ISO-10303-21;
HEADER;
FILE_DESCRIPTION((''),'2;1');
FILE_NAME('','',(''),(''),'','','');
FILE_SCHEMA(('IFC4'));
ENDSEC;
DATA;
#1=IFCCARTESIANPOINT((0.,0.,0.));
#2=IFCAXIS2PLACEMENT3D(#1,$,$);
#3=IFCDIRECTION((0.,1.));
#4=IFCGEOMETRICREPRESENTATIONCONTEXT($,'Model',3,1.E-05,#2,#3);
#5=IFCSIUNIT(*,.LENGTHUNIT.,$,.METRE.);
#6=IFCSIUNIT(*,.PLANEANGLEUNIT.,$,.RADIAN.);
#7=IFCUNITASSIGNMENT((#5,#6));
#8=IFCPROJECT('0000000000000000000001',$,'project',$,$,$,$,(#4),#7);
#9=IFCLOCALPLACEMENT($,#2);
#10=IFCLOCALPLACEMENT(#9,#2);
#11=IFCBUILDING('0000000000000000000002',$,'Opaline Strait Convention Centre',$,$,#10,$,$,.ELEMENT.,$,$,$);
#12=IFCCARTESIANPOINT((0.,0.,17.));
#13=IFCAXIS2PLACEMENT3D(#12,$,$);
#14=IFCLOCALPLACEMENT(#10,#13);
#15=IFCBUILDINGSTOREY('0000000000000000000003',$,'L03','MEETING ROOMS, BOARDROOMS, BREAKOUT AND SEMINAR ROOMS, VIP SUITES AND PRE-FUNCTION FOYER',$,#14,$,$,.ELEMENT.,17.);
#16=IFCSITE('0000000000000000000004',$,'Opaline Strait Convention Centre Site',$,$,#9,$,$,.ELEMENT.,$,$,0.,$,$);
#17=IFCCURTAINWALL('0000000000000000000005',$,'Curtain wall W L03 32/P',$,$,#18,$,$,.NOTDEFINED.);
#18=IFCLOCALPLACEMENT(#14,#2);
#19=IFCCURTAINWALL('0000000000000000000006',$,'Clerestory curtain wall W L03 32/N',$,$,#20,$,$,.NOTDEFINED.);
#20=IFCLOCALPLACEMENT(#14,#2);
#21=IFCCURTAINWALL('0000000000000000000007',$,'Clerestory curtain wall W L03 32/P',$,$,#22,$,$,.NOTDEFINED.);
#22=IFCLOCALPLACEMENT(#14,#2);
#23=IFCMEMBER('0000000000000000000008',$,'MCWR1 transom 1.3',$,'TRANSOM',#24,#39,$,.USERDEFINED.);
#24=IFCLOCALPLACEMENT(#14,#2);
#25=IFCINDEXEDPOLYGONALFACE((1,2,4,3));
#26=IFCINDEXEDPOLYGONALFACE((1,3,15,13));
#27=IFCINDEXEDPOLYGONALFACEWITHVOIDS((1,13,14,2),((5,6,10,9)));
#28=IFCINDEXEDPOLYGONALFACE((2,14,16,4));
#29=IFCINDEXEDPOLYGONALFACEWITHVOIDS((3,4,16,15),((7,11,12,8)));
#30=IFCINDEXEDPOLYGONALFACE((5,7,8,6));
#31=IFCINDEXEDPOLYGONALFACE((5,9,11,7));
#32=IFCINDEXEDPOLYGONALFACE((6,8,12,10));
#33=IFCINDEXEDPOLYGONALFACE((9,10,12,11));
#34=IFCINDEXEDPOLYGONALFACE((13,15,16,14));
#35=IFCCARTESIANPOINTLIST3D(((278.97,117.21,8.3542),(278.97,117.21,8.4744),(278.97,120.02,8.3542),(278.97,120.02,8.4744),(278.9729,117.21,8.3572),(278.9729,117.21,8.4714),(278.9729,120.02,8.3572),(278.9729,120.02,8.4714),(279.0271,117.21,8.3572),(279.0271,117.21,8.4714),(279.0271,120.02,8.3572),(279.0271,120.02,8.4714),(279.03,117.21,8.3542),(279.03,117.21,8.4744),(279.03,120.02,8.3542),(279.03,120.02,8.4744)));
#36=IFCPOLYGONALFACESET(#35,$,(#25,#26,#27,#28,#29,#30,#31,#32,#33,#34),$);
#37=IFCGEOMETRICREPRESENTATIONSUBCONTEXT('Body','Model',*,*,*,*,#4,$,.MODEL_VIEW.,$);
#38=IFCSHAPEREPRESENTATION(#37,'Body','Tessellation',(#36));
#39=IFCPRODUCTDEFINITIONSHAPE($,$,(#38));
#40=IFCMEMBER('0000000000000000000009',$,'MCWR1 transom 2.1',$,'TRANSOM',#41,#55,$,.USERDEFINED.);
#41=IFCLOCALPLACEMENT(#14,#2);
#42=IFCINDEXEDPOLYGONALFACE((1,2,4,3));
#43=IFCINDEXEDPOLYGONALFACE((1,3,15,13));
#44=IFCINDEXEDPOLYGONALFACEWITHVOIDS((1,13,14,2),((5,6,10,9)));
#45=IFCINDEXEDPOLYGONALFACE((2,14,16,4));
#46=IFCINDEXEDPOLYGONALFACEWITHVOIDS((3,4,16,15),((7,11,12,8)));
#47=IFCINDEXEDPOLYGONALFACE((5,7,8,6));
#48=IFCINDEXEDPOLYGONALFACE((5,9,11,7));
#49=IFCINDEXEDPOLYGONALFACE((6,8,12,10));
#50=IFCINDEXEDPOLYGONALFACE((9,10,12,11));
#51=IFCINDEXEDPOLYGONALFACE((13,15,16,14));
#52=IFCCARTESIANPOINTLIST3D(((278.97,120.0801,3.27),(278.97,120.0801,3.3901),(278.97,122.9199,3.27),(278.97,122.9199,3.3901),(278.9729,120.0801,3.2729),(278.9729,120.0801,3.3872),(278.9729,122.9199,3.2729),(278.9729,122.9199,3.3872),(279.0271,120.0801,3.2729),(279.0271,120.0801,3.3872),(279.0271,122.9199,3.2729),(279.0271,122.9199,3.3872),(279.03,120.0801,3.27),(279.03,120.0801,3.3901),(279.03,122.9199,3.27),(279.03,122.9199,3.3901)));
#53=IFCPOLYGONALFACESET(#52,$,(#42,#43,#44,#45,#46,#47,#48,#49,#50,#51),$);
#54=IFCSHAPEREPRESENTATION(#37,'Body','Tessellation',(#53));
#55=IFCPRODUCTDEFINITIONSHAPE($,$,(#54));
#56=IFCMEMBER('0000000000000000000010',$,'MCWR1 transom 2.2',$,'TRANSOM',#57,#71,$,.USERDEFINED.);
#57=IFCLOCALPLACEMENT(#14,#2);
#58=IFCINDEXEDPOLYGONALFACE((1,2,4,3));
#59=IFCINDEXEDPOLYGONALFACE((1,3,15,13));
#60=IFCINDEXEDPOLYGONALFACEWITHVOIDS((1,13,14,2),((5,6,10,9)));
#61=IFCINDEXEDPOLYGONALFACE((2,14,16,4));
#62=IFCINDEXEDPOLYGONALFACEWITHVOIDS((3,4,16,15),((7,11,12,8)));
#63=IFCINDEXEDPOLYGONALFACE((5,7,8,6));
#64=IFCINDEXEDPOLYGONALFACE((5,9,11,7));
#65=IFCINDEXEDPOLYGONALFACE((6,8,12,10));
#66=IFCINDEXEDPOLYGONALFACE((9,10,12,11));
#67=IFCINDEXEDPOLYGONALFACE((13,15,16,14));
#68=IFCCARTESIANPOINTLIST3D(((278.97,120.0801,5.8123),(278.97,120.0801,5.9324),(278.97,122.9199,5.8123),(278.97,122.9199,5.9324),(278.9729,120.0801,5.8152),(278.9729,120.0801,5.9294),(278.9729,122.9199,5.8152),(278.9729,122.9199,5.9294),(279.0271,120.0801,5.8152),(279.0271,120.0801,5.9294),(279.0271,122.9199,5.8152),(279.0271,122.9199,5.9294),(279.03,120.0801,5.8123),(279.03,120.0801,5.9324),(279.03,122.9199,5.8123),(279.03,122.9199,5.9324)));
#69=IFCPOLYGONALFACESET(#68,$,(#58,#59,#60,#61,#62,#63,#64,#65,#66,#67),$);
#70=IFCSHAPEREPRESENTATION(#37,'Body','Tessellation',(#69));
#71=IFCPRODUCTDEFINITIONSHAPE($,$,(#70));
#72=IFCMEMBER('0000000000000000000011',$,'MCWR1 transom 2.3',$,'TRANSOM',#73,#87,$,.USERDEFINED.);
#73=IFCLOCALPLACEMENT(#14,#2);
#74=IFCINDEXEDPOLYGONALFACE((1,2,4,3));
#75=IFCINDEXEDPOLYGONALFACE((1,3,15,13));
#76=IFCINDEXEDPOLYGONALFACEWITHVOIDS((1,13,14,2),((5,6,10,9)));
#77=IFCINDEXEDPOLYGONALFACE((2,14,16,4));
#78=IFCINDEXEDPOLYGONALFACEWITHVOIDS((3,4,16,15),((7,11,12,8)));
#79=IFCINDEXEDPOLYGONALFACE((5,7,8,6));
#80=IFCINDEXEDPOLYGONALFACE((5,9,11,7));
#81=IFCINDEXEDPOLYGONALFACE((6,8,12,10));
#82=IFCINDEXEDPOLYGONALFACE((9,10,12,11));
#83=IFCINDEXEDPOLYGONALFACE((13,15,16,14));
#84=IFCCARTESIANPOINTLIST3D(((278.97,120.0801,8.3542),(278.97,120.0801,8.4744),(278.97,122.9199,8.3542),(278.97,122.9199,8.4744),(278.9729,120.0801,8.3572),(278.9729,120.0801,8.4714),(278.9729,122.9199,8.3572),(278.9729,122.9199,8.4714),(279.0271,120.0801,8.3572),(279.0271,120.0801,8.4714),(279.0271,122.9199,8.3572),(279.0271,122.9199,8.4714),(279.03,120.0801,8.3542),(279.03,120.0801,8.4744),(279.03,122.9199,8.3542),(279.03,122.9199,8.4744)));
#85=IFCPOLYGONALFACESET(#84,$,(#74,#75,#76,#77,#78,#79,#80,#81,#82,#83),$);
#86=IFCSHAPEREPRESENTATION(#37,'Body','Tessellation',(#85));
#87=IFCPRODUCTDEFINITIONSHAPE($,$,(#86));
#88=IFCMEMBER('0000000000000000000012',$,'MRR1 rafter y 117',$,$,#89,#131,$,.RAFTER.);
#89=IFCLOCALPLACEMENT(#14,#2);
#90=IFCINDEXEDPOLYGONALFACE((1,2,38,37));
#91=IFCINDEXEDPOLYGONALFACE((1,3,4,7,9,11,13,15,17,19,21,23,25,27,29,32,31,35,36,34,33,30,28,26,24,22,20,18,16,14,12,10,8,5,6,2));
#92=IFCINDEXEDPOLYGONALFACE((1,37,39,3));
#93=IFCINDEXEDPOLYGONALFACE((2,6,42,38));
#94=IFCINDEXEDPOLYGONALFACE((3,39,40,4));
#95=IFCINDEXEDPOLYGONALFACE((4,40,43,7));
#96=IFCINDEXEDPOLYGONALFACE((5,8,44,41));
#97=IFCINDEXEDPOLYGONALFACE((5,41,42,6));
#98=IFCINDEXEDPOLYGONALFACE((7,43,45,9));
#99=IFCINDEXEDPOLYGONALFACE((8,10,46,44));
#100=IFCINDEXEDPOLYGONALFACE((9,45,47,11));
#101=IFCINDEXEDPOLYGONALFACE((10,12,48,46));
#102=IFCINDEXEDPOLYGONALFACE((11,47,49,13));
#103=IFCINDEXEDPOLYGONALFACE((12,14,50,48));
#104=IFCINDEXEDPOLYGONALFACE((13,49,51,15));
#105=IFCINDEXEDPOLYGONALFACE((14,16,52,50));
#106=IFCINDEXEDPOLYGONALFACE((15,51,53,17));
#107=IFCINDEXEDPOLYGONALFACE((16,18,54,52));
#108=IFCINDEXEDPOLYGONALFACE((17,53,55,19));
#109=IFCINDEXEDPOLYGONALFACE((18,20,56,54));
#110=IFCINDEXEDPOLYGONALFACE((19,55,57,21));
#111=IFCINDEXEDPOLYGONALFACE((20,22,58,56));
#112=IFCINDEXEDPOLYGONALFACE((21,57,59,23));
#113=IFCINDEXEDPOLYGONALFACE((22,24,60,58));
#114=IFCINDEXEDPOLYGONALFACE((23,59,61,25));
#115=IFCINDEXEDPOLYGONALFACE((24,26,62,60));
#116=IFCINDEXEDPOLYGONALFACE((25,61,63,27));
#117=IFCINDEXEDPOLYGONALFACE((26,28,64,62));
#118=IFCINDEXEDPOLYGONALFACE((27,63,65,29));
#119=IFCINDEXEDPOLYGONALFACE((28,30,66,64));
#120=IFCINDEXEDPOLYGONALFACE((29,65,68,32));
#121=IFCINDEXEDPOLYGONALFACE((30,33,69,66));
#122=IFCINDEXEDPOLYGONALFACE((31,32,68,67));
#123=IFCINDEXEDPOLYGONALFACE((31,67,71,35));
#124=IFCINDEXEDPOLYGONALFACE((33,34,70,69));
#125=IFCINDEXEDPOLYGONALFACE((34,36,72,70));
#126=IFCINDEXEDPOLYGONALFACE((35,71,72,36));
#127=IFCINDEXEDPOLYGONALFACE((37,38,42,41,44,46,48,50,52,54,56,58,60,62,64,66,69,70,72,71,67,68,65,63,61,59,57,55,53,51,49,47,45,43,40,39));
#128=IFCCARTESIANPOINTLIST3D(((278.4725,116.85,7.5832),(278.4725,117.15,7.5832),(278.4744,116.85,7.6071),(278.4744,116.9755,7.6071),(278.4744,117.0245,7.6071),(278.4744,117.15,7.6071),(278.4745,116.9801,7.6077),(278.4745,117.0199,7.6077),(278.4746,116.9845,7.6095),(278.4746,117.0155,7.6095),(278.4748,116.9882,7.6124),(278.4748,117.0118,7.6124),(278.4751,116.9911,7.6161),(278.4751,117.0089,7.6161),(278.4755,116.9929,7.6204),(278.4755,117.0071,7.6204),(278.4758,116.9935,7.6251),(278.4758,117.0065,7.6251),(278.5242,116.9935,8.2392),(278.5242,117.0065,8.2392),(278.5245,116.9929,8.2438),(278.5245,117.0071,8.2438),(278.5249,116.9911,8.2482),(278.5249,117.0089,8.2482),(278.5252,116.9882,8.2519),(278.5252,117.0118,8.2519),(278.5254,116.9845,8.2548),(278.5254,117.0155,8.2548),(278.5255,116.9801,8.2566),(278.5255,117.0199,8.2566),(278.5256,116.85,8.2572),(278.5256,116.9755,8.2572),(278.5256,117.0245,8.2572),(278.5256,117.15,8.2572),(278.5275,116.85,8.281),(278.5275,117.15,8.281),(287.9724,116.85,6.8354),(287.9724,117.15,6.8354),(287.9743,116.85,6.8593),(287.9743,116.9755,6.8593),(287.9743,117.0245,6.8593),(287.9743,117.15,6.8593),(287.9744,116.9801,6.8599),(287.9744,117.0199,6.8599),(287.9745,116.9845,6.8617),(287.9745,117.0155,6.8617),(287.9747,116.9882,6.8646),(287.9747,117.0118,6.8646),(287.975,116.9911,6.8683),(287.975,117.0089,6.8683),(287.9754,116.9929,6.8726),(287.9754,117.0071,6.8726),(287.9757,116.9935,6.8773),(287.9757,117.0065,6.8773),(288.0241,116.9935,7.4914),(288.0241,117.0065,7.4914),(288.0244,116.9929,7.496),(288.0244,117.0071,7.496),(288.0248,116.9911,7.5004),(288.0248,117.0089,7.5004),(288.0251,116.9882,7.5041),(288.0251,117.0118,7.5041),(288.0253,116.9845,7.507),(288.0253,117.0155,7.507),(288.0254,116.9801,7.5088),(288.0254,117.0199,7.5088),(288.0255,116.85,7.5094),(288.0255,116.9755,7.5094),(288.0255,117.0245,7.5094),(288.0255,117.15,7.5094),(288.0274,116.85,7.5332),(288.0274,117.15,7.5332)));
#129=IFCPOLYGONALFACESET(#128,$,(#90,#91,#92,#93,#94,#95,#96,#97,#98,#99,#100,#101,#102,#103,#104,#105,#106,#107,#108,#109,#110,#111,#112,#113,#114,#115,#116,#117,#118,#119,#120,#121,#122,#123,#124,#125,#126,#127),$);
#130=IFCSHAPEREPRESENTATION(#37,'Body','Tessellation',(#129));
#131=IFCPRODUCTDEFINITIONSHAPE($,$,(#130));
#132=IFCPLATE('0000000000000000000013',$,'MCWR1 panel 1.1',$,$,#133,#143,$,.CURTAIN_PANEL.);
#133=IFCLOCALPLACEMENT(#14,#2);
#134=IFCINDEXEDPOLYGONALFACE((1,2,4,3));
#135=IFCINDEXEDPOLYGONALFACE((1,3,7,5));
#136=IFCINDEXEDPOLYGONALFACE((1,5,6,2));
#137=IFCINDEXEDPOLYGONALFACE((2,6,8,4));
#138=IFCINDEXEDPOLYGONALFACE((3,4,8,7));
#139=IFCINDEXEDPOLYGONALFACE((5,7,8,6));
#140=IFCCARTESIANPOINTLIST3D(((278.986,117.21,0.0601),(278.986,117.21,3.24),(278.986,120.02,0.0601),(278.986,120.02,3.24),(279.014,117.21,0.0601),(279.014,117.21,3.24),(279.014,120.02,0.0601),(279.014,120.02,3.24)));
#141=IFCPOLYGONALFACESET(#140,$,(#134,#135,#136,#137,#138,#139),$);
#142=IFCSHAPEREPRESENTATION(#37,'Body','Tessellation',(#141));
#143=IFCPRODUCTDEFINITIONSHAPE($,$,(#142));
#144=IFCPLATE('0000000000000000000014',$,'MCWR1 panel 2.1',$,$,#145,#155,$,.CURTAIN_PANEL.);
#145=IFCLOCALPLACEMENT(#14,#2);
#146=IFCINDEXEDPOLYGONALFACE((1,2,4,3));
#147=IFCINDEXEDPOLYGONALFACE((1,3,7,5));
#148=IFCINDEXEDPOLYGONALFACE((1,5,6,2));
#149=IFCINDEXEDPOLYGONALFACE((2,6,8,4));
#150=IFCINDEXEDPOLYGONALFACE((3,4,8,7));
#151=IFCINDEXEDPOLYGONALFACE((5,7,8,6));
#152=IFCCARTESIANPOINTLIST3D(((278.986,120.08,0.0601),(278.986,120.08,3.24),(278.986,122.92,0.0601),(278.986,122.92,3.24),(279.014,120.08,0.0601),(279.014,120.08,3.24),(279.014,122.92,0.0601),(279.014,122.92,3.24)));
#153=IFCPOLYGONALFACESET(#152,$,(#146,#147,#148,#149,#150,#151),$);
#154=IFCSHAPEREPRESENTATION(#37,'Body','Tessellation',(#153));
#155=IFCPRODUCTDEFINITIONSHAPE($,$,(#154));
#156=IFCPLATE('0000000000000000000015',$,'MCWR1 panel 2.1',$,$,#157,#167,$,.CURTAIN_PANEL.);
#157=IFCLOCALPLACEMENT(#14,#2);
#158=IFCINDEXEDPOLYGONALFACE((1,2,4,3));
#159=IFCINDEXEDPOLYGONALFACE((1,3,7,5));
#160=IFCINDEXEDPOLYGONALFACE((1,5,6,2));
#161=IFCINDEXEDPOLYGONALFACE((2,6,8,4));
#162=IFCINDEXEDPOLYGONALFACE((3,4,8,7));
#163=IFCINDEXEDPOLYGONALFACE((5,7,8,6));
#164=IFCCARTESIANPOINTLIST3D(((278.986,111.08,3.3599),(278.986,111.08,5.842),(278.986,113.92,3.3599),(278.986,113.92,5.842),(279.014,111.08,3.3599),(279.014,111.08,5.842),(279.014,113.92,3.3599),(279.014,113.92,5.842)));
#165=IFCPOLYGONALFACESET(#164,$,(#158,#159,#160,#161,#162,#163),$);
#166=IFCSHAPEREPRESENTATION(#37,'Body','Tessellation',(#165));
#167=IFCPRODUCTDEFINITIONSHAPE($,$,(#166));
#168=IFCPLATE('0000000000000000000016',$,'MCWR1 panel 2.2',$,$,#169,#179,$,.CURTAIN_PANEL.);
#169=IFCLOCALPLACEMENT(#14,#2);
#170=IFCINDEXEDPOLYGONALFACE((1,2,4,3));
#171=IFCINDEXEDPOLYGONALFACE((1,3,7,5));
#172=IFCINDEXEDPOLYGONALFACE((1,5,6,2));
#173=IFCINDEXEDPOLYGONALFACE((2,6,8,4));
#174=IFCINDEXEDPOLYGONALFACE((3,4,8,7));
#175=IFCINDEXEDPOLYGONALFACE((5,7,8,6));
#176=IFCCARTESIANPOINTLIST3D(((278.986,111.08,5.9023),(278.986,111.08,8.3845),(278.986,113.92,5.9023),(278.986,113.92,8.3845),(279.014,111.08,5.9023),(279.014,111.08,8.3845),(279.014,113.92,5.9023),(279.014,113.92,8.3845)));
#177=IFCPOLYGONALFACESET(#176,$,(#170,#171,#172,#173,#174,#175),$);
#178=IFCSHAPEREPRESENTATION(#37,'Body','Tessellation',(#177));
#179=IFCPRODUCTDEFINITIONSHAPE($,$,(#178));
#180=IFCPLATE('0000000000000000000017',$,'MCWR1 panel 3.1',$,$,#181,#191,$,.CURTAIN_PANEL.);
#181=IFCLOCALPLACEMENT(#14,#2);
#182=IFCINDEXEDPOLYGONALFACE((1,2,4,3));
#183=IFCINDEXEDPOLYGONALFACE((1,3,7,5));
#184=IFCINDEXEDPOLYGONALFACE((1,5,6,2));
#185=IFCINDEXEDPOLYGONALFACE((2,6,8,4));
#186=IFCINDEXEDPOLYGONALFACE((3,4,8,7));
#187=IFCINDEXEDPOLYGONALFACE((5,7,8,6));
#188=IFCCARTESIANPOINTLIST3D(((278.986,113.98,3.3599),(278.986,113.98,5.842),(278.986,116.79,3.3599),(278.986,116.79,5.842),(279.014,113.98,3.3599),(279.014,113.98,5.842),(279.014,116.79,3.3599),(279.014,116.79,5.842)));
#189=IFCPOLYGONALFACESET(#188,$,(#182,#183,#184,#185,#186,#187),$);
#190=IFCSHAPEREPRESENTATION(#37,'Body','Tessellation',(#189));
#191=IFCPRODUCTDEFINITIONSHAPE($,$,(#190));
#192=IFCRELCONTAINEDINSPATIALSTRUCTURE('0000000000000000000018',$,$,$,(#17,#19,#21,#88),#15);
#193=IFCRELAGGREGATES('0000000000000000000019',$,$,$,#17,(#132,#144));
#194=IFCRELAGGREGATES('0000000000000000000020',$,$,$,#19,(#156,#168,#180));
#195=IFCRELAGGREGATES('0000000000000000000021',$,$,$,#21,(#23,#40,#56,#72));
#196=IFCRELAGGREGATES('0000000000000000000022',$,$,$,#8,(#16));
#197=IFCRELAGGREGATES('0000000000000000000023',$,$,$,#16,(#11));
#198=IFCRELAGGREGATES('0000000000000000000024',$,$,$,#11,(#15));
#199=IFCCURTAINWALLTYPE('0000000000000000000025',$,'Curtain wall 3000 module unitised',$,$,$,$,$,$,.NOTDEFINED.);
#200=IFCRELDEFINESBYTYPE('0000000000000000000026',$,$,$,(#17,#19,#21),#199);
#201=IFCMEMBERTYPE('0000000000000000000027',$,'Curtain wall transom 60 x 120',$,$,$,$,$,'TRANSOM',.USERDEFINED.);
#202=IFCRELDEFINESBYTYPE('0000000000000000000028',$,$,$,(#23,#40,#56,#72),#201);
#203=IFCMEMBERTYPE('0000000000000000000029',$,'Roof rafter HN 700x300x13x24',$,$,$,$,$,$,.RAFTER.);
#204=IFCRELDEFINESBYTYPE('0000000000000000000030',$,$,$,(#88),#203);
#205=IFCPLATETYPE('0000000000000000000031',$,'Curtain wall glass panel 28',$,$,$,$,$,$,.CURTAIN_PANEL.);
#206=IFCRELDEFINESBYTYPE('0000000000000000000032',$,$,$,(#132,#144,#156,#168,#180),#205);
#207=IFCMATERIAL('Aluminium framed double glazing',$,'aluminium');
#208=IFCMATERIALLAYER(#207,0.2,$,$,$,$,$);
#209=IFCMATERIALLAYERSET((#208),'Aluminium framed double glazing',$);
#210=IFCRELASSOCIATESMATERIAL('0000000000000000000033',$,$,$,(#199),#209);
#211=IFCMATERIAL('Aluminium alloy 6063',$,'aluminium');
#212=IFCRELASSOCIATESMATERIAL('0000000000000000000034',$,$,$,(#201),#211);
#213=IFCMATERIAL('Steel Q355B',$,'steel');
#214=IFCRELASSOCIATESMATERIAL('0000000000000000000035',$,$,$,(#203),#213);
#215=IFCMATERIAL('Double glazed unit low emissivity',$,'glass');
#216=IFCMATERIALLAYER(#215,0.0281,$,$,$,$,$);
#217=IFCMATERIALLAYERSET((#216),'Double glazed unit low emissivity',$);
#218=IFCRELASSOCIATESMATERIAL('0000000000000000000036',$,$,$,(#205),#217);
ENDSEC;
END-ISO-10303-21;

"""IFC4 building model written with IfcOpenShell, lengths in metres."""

from ifc_helpers import new_model, si_unit, direction, frame, origin, origin_2d, place, context, subcontext, project, spatial, rectangle, hollow_rectangle, i_section, extrude, material, layer, layer_set, material_profile, profile_set, type_object, element, aggregate, save


model = new_model("IFC4")

# Units and contexts
model_context = context("Model", 3, precision=1e-05, world=origin(), true_north=direction((0.0, 1.0)))
body_context = subcontext(model_context, "Body", "Model", "MODEL_VIEW")
ifc_project = project(units=[si_unit("LENGTHUNIT", "METRE"), si_unit("PLANEANGLEUNIT", "RADIAN")], contexts=[model_context])

# Site, building, storey
site_placement = place(None, origin())
site = spatial("IfcSite", under=ifc_project, at=site_placement, Name="Opaline Strait Convention Centre Site", CompositionType="ELEMENT", RefElevation=0.0)
building_placement = place(site_placement, origin())
building = spatial("IfcBuilding", under=site, at=building_placement, Name="Opaline Strait Convention Centre", CompositionType="ELEMENT")
storey_placement = place(building_placement, frame((0.0, 0.0, 17.0)))
storey = spatial("IfcBuildingStorey", under=building, at=storey_placement, Name="L03", Description="MEETING ROOMS, BOARDROOMS, BREAKOUT AND SEMINAR ROOMS, VIP SUITES AND PRE-FUNCTION FOYER", CompositionType="ELEMENT", Elevation=17.0)

# Shared definitions
ifc_material_1 = material(Name="Steel Q355B", Category="steel")

# Curtain walls
ifc_material_2 = material(Name="Aluminium framed double glazing", Category="aluminium")
ifc_layer_1 = layer(ifc_material_2, 0.2)
ifc_layer_set_1 = layer_set([ifc_layer_1], Name="Aluminium framed double glazing")
curtain_wall_type = type_object("IfcCurtainWallType", Name="Curtain wall 3000 module unitised", PredefinedType="NOTDEFINED", material=ifc_layer_set_1)
curtain_wall_1_placement = place(storey_placement, origin())
curtain_wall_1 = element("IfcCurtainWall", 1, at=curtain_wall_1_placement, inside=storey, type_object=curtain_wall_type, Name="Curtain wall W L03 32/P", PredefinedType="NOTDEFINED")
ifc_material_3 = material(Name="Aluminium alloy 6063", Category="aluminium")
curtain_wall_2_placement = place(storey_placement, origin())
curtain_wall_2 = element("IfcCurtainWall", 2, at=curtain_wall_2_placement, inside=storey, type_object=curtain_wall_type, Name="Clerestory curtain wall W L03 32/N", PredefinedType="NOTDEFINED")
curtain_wall_3_placement = place(storey_placement, origin())
curtain_wall_3 = element("IfcCurtainWall", 3, at=curtain_wall_3_placement, inside=storey, type_object=curtain_wall_type, Name="Clerestory curtain wall W L03 32/P", PredefinedType="NOTDEFINED")

# Members
ifc_material_profile_1 = material_profile(ifc_material_3, hollow_rectangle(XDim=0.0601, YDim=0.1201, WallThickness=0.0029, at=origin_2d()), Name="TRANSOM 60x120x3")
ifc_profile_set_1 = profile_set([ifc_material_profile_1], Name="Aluminium alloy 6063")
member_type_1 = type_object("IfcMemberType", Name="Curtain wall transom 60 x 120", ElementType="TRANSOM", PredefinedType="USERDEFINED", material=ifc_profile_set_1)
member_1_placement = place(storey_placement, frame((279.0, 117.21, 8.4143), z_axis=(0.0, 1.0, 0.0), x_axis=(-1.0, 0.0, 0.0)))
member_1 = element("IfcMember", 4, at=member_1_placement, type_object=member_type_1, Name="MCWR1 transom 1.3", ObjectType="TRANSOM", PredefinedType="USERDEFINED", context=body_context, shape_type="SweptSolid", body=[
    extrude(hollow_rectangle(XDim=0.0601, YDim=0.1201, WallThickness=0.0029, at=origin_2d()), origin(), (0.0, 0.0, 1.0), 2.8101),
])
member_2_placement = place(storey_placement, frame((279.0, 120.0801, 3.3301), z_axis=(0.0, 1.0, 0.0), x_axis=(-1.0, 0.0, 0.0)))
member_2 = element("IfcMember", 5, at=member_2_placement, type_object=member_type_1, Name="MCWR1 transom 2.1", ObjectType="TRANSOM", PredefinedType="USERDEFINED", context=body_context, shape_type="SweptSolid", body=[
    extrude(hollow_rectangle(XDim=0.0601, YDim=0.1201, WallThickness=0.0029, at=origin_2d()), origin(), (0.0, 0.0, 1.0), 2.8398),
])
member_3_placement = place(storey_placement, frame((279.0, 120.0801, 5.8723), z_axis=(0.0, 1.0, 0.0), x_axis=(-1.0, 0.0, 0.0)))
member_3 = element("IfcMember", 6, at=member_3_placement, type_object=member_type_1, Name="MCWR1 transom 2.2", ObjectType="TRANSOM", PredefinedType="USERDEFINED", context=body_context, shape_type="SweptSolid", body=[
    extrude(hollow_rectangle(XDim=0.0601, YDim=0.1201, WallThickness=0.0029, at=origin_2d()), origin(), (0.0, 0.0, 1.0), 2.8398),
])
member_4_placement = place(storey_placement, frame((279.0, 120.0801, 8.4143), z_axis=(0.0, 1.0, 0.0), x_axis=(-1.0, 0.0, 0.0)))
member_4 = element("IfcMember", 7, at=member_4_placement, type_object=member_type_1, Name="MCWR1 transom 2.3", ObjectType="TRANSOM", PredefinedType="USERDEFINED", context=body_context, shape_type="SweptSolid", body=[
    extrude(hollow_rectangle(XDim=0.0601, YDim=0.1201, WallThickness=0.0029, at=origin_2d()), origin(), (0.0, 0.0, 1.0), 2.8398),
])
ifc_material_profile_2 = material_profile(ifc_material_1, i_section(OverallWidth=0.3, OverallDepth=0.7, WebThickness=0.0129, FlangeThickness=0.0239, FilletRadius=0.0181, at=origin_2d()), Name="HN 700x300x13x24")
ifc_profile_set_2 = profile_set([ifc_material_profile_2], Name="Steel Q355B")
member_type_2 = type_object("IfcMemberType", Name="Roof rafter HN 700x300x13x24", PredefinedType="RAFTER", material=ifc_profile_set_2)
member_5_placement = place(storey_placement, frame((278.5, 117.0, 7.9321), z_axis=(0.996916, 0.0, -0.078473), x_axis=(0.0, 1.0, 0.0)))
element("IfcMember", 8, at=member_5_placement, inside=storey, type_object=member_type_2, Name="MRR1 rafter y 117", PredefinedType="RAFTER", context=body_context, shape_type="SweptSolid", body=[
    extrude(i_section(OverallWidth=0.3, OverallDepth=0.7, WebThickness=0.0129, FlangeThickness=0.0239, FilletRadius=0.0181, at=origin_2d()), origin(), (0.0, 0.0, 1.0), 9.5293),
])

# Plates
ifc_material_4 = material(Name="Double glazed unit low emissivity", Category="glass")
ifc_layer_2 = layer(ifc_material_4, 0.0281)
ifc_layer_set_2 = layer_set([ifc_layer_2], Name="Double glazed unit low emissivity")
plate_type = type_object("IfcPlateType", Name="Curtain wall glass panel 28", PredefinedType="CURTAIN_PANEL", material=ifc_layer_set_2)
plate_1_placement = place(storey_placement, frame((279.0, 118.615, 0.0601), z_axis=(0.0, 0.0, 1.0), x_axis=(0.0, 1.0, 0.0)))
plate_1 = element("IfcPlate", 9, at=plate_1_placement, type_object=plate_type, Name="MCWR1 panel 1.1", PredefinedType="CURTAIN_PANEL", context=body_context, shape_type="SweptSolid", body=[
    extrude(rectangle(XDim=2.8101, YDim=0.0281, at=origin_2d()), origin(), (0.0, 0.0, 1.0), 3.1799),
])
plate_2_placement = place(storey_placement, frame((279.0, 121.5, 0.0601), z_axis=(0.0, 0.0, 1.0), x_axis=(0.0, 1.0, 0.0)))
plate_2 = element("IfcPlate", 10, at=plate_2_placement, type_object=plate_type, Name="MCWR1 panel 2.1", PredefinedType="CURTAIN_PANEL", context=body_context, shape_type="SweptSolid", body=[
    extrude(rectangle(XDim=2.8401, YDim=0.0281, at=origin_2d()), origin(), (0.0, 0.0, 1.0), 3.1799),
])
aggregate(curtain_wall_1, [plate_1, plate_2])
plate_3_placement = place(storey_placement, frame((279.0, 112.5, 3.3599), z_axis=(0.0, 0.0, 1.0), x_axis=(0.0, 1.0, 0.0)))
plate_3 = element("IfcPlate", 11, at=plate_3_placement, type_object=plate_type, Name="MCWR1 panel 2.1", PredefinedType="CURTAIN_PANEL", context=body_context, shape_type="SweptSolid", body=[
    extrude(rectangle(XDim=2.8401, YDim=0.0281, at=origin_2d()), origin(), (0.0, 0.0, 1.0), 2.4822),
])
plate_4_placement = place(storey_placement, frame((279.0, 112.5, 5.9023), z_axis=(0.0, 0.0, 1.0), x_axis=(0.0, 1.0, 0.0)))
plate_4 = element("IfcPlate", 12, at=plate_4_placement, type_object=plate_type, Name="MCWR1 panel 2.2", PredefinedType="CURTAIN_PANEL", context=body_context, shape_type="SweptSolid", body=[
    extrude(rectangle(XDim=2.8401, YDim=0.0281, at=origin_2d()), origin(), (0.0, 0.0, 1.0), 2.4822),
])
plate_5_placement = place(storey_placement, frame((279.0, 115.385, 3.3599), z_axis=(0.0, 0.0, 1.0), x_axis=(0.0, 1.0, 0.0)))
plate_5 = element("IfcPlate", 13, at=plate_5_placement, type_object=plate_type, Name="MCWR1 panel 3.1", PredefinedType="CURTAIN_PANEL", context=body_context, shape_type="SweptSolid", body=[
    extrude(rectangle(XDim=2.8101, YDim=0.0281, at=origin_2d()), origin(), (0.0, 0.0, 1.0), 2.4822),
])
aggregate(curtain_wall_2, [plate_3, plate_4, plate_5])
aggregate(curtain_wall_3, [member_1, member_2, member_3, member_4])

save(model, "model.ifc")
